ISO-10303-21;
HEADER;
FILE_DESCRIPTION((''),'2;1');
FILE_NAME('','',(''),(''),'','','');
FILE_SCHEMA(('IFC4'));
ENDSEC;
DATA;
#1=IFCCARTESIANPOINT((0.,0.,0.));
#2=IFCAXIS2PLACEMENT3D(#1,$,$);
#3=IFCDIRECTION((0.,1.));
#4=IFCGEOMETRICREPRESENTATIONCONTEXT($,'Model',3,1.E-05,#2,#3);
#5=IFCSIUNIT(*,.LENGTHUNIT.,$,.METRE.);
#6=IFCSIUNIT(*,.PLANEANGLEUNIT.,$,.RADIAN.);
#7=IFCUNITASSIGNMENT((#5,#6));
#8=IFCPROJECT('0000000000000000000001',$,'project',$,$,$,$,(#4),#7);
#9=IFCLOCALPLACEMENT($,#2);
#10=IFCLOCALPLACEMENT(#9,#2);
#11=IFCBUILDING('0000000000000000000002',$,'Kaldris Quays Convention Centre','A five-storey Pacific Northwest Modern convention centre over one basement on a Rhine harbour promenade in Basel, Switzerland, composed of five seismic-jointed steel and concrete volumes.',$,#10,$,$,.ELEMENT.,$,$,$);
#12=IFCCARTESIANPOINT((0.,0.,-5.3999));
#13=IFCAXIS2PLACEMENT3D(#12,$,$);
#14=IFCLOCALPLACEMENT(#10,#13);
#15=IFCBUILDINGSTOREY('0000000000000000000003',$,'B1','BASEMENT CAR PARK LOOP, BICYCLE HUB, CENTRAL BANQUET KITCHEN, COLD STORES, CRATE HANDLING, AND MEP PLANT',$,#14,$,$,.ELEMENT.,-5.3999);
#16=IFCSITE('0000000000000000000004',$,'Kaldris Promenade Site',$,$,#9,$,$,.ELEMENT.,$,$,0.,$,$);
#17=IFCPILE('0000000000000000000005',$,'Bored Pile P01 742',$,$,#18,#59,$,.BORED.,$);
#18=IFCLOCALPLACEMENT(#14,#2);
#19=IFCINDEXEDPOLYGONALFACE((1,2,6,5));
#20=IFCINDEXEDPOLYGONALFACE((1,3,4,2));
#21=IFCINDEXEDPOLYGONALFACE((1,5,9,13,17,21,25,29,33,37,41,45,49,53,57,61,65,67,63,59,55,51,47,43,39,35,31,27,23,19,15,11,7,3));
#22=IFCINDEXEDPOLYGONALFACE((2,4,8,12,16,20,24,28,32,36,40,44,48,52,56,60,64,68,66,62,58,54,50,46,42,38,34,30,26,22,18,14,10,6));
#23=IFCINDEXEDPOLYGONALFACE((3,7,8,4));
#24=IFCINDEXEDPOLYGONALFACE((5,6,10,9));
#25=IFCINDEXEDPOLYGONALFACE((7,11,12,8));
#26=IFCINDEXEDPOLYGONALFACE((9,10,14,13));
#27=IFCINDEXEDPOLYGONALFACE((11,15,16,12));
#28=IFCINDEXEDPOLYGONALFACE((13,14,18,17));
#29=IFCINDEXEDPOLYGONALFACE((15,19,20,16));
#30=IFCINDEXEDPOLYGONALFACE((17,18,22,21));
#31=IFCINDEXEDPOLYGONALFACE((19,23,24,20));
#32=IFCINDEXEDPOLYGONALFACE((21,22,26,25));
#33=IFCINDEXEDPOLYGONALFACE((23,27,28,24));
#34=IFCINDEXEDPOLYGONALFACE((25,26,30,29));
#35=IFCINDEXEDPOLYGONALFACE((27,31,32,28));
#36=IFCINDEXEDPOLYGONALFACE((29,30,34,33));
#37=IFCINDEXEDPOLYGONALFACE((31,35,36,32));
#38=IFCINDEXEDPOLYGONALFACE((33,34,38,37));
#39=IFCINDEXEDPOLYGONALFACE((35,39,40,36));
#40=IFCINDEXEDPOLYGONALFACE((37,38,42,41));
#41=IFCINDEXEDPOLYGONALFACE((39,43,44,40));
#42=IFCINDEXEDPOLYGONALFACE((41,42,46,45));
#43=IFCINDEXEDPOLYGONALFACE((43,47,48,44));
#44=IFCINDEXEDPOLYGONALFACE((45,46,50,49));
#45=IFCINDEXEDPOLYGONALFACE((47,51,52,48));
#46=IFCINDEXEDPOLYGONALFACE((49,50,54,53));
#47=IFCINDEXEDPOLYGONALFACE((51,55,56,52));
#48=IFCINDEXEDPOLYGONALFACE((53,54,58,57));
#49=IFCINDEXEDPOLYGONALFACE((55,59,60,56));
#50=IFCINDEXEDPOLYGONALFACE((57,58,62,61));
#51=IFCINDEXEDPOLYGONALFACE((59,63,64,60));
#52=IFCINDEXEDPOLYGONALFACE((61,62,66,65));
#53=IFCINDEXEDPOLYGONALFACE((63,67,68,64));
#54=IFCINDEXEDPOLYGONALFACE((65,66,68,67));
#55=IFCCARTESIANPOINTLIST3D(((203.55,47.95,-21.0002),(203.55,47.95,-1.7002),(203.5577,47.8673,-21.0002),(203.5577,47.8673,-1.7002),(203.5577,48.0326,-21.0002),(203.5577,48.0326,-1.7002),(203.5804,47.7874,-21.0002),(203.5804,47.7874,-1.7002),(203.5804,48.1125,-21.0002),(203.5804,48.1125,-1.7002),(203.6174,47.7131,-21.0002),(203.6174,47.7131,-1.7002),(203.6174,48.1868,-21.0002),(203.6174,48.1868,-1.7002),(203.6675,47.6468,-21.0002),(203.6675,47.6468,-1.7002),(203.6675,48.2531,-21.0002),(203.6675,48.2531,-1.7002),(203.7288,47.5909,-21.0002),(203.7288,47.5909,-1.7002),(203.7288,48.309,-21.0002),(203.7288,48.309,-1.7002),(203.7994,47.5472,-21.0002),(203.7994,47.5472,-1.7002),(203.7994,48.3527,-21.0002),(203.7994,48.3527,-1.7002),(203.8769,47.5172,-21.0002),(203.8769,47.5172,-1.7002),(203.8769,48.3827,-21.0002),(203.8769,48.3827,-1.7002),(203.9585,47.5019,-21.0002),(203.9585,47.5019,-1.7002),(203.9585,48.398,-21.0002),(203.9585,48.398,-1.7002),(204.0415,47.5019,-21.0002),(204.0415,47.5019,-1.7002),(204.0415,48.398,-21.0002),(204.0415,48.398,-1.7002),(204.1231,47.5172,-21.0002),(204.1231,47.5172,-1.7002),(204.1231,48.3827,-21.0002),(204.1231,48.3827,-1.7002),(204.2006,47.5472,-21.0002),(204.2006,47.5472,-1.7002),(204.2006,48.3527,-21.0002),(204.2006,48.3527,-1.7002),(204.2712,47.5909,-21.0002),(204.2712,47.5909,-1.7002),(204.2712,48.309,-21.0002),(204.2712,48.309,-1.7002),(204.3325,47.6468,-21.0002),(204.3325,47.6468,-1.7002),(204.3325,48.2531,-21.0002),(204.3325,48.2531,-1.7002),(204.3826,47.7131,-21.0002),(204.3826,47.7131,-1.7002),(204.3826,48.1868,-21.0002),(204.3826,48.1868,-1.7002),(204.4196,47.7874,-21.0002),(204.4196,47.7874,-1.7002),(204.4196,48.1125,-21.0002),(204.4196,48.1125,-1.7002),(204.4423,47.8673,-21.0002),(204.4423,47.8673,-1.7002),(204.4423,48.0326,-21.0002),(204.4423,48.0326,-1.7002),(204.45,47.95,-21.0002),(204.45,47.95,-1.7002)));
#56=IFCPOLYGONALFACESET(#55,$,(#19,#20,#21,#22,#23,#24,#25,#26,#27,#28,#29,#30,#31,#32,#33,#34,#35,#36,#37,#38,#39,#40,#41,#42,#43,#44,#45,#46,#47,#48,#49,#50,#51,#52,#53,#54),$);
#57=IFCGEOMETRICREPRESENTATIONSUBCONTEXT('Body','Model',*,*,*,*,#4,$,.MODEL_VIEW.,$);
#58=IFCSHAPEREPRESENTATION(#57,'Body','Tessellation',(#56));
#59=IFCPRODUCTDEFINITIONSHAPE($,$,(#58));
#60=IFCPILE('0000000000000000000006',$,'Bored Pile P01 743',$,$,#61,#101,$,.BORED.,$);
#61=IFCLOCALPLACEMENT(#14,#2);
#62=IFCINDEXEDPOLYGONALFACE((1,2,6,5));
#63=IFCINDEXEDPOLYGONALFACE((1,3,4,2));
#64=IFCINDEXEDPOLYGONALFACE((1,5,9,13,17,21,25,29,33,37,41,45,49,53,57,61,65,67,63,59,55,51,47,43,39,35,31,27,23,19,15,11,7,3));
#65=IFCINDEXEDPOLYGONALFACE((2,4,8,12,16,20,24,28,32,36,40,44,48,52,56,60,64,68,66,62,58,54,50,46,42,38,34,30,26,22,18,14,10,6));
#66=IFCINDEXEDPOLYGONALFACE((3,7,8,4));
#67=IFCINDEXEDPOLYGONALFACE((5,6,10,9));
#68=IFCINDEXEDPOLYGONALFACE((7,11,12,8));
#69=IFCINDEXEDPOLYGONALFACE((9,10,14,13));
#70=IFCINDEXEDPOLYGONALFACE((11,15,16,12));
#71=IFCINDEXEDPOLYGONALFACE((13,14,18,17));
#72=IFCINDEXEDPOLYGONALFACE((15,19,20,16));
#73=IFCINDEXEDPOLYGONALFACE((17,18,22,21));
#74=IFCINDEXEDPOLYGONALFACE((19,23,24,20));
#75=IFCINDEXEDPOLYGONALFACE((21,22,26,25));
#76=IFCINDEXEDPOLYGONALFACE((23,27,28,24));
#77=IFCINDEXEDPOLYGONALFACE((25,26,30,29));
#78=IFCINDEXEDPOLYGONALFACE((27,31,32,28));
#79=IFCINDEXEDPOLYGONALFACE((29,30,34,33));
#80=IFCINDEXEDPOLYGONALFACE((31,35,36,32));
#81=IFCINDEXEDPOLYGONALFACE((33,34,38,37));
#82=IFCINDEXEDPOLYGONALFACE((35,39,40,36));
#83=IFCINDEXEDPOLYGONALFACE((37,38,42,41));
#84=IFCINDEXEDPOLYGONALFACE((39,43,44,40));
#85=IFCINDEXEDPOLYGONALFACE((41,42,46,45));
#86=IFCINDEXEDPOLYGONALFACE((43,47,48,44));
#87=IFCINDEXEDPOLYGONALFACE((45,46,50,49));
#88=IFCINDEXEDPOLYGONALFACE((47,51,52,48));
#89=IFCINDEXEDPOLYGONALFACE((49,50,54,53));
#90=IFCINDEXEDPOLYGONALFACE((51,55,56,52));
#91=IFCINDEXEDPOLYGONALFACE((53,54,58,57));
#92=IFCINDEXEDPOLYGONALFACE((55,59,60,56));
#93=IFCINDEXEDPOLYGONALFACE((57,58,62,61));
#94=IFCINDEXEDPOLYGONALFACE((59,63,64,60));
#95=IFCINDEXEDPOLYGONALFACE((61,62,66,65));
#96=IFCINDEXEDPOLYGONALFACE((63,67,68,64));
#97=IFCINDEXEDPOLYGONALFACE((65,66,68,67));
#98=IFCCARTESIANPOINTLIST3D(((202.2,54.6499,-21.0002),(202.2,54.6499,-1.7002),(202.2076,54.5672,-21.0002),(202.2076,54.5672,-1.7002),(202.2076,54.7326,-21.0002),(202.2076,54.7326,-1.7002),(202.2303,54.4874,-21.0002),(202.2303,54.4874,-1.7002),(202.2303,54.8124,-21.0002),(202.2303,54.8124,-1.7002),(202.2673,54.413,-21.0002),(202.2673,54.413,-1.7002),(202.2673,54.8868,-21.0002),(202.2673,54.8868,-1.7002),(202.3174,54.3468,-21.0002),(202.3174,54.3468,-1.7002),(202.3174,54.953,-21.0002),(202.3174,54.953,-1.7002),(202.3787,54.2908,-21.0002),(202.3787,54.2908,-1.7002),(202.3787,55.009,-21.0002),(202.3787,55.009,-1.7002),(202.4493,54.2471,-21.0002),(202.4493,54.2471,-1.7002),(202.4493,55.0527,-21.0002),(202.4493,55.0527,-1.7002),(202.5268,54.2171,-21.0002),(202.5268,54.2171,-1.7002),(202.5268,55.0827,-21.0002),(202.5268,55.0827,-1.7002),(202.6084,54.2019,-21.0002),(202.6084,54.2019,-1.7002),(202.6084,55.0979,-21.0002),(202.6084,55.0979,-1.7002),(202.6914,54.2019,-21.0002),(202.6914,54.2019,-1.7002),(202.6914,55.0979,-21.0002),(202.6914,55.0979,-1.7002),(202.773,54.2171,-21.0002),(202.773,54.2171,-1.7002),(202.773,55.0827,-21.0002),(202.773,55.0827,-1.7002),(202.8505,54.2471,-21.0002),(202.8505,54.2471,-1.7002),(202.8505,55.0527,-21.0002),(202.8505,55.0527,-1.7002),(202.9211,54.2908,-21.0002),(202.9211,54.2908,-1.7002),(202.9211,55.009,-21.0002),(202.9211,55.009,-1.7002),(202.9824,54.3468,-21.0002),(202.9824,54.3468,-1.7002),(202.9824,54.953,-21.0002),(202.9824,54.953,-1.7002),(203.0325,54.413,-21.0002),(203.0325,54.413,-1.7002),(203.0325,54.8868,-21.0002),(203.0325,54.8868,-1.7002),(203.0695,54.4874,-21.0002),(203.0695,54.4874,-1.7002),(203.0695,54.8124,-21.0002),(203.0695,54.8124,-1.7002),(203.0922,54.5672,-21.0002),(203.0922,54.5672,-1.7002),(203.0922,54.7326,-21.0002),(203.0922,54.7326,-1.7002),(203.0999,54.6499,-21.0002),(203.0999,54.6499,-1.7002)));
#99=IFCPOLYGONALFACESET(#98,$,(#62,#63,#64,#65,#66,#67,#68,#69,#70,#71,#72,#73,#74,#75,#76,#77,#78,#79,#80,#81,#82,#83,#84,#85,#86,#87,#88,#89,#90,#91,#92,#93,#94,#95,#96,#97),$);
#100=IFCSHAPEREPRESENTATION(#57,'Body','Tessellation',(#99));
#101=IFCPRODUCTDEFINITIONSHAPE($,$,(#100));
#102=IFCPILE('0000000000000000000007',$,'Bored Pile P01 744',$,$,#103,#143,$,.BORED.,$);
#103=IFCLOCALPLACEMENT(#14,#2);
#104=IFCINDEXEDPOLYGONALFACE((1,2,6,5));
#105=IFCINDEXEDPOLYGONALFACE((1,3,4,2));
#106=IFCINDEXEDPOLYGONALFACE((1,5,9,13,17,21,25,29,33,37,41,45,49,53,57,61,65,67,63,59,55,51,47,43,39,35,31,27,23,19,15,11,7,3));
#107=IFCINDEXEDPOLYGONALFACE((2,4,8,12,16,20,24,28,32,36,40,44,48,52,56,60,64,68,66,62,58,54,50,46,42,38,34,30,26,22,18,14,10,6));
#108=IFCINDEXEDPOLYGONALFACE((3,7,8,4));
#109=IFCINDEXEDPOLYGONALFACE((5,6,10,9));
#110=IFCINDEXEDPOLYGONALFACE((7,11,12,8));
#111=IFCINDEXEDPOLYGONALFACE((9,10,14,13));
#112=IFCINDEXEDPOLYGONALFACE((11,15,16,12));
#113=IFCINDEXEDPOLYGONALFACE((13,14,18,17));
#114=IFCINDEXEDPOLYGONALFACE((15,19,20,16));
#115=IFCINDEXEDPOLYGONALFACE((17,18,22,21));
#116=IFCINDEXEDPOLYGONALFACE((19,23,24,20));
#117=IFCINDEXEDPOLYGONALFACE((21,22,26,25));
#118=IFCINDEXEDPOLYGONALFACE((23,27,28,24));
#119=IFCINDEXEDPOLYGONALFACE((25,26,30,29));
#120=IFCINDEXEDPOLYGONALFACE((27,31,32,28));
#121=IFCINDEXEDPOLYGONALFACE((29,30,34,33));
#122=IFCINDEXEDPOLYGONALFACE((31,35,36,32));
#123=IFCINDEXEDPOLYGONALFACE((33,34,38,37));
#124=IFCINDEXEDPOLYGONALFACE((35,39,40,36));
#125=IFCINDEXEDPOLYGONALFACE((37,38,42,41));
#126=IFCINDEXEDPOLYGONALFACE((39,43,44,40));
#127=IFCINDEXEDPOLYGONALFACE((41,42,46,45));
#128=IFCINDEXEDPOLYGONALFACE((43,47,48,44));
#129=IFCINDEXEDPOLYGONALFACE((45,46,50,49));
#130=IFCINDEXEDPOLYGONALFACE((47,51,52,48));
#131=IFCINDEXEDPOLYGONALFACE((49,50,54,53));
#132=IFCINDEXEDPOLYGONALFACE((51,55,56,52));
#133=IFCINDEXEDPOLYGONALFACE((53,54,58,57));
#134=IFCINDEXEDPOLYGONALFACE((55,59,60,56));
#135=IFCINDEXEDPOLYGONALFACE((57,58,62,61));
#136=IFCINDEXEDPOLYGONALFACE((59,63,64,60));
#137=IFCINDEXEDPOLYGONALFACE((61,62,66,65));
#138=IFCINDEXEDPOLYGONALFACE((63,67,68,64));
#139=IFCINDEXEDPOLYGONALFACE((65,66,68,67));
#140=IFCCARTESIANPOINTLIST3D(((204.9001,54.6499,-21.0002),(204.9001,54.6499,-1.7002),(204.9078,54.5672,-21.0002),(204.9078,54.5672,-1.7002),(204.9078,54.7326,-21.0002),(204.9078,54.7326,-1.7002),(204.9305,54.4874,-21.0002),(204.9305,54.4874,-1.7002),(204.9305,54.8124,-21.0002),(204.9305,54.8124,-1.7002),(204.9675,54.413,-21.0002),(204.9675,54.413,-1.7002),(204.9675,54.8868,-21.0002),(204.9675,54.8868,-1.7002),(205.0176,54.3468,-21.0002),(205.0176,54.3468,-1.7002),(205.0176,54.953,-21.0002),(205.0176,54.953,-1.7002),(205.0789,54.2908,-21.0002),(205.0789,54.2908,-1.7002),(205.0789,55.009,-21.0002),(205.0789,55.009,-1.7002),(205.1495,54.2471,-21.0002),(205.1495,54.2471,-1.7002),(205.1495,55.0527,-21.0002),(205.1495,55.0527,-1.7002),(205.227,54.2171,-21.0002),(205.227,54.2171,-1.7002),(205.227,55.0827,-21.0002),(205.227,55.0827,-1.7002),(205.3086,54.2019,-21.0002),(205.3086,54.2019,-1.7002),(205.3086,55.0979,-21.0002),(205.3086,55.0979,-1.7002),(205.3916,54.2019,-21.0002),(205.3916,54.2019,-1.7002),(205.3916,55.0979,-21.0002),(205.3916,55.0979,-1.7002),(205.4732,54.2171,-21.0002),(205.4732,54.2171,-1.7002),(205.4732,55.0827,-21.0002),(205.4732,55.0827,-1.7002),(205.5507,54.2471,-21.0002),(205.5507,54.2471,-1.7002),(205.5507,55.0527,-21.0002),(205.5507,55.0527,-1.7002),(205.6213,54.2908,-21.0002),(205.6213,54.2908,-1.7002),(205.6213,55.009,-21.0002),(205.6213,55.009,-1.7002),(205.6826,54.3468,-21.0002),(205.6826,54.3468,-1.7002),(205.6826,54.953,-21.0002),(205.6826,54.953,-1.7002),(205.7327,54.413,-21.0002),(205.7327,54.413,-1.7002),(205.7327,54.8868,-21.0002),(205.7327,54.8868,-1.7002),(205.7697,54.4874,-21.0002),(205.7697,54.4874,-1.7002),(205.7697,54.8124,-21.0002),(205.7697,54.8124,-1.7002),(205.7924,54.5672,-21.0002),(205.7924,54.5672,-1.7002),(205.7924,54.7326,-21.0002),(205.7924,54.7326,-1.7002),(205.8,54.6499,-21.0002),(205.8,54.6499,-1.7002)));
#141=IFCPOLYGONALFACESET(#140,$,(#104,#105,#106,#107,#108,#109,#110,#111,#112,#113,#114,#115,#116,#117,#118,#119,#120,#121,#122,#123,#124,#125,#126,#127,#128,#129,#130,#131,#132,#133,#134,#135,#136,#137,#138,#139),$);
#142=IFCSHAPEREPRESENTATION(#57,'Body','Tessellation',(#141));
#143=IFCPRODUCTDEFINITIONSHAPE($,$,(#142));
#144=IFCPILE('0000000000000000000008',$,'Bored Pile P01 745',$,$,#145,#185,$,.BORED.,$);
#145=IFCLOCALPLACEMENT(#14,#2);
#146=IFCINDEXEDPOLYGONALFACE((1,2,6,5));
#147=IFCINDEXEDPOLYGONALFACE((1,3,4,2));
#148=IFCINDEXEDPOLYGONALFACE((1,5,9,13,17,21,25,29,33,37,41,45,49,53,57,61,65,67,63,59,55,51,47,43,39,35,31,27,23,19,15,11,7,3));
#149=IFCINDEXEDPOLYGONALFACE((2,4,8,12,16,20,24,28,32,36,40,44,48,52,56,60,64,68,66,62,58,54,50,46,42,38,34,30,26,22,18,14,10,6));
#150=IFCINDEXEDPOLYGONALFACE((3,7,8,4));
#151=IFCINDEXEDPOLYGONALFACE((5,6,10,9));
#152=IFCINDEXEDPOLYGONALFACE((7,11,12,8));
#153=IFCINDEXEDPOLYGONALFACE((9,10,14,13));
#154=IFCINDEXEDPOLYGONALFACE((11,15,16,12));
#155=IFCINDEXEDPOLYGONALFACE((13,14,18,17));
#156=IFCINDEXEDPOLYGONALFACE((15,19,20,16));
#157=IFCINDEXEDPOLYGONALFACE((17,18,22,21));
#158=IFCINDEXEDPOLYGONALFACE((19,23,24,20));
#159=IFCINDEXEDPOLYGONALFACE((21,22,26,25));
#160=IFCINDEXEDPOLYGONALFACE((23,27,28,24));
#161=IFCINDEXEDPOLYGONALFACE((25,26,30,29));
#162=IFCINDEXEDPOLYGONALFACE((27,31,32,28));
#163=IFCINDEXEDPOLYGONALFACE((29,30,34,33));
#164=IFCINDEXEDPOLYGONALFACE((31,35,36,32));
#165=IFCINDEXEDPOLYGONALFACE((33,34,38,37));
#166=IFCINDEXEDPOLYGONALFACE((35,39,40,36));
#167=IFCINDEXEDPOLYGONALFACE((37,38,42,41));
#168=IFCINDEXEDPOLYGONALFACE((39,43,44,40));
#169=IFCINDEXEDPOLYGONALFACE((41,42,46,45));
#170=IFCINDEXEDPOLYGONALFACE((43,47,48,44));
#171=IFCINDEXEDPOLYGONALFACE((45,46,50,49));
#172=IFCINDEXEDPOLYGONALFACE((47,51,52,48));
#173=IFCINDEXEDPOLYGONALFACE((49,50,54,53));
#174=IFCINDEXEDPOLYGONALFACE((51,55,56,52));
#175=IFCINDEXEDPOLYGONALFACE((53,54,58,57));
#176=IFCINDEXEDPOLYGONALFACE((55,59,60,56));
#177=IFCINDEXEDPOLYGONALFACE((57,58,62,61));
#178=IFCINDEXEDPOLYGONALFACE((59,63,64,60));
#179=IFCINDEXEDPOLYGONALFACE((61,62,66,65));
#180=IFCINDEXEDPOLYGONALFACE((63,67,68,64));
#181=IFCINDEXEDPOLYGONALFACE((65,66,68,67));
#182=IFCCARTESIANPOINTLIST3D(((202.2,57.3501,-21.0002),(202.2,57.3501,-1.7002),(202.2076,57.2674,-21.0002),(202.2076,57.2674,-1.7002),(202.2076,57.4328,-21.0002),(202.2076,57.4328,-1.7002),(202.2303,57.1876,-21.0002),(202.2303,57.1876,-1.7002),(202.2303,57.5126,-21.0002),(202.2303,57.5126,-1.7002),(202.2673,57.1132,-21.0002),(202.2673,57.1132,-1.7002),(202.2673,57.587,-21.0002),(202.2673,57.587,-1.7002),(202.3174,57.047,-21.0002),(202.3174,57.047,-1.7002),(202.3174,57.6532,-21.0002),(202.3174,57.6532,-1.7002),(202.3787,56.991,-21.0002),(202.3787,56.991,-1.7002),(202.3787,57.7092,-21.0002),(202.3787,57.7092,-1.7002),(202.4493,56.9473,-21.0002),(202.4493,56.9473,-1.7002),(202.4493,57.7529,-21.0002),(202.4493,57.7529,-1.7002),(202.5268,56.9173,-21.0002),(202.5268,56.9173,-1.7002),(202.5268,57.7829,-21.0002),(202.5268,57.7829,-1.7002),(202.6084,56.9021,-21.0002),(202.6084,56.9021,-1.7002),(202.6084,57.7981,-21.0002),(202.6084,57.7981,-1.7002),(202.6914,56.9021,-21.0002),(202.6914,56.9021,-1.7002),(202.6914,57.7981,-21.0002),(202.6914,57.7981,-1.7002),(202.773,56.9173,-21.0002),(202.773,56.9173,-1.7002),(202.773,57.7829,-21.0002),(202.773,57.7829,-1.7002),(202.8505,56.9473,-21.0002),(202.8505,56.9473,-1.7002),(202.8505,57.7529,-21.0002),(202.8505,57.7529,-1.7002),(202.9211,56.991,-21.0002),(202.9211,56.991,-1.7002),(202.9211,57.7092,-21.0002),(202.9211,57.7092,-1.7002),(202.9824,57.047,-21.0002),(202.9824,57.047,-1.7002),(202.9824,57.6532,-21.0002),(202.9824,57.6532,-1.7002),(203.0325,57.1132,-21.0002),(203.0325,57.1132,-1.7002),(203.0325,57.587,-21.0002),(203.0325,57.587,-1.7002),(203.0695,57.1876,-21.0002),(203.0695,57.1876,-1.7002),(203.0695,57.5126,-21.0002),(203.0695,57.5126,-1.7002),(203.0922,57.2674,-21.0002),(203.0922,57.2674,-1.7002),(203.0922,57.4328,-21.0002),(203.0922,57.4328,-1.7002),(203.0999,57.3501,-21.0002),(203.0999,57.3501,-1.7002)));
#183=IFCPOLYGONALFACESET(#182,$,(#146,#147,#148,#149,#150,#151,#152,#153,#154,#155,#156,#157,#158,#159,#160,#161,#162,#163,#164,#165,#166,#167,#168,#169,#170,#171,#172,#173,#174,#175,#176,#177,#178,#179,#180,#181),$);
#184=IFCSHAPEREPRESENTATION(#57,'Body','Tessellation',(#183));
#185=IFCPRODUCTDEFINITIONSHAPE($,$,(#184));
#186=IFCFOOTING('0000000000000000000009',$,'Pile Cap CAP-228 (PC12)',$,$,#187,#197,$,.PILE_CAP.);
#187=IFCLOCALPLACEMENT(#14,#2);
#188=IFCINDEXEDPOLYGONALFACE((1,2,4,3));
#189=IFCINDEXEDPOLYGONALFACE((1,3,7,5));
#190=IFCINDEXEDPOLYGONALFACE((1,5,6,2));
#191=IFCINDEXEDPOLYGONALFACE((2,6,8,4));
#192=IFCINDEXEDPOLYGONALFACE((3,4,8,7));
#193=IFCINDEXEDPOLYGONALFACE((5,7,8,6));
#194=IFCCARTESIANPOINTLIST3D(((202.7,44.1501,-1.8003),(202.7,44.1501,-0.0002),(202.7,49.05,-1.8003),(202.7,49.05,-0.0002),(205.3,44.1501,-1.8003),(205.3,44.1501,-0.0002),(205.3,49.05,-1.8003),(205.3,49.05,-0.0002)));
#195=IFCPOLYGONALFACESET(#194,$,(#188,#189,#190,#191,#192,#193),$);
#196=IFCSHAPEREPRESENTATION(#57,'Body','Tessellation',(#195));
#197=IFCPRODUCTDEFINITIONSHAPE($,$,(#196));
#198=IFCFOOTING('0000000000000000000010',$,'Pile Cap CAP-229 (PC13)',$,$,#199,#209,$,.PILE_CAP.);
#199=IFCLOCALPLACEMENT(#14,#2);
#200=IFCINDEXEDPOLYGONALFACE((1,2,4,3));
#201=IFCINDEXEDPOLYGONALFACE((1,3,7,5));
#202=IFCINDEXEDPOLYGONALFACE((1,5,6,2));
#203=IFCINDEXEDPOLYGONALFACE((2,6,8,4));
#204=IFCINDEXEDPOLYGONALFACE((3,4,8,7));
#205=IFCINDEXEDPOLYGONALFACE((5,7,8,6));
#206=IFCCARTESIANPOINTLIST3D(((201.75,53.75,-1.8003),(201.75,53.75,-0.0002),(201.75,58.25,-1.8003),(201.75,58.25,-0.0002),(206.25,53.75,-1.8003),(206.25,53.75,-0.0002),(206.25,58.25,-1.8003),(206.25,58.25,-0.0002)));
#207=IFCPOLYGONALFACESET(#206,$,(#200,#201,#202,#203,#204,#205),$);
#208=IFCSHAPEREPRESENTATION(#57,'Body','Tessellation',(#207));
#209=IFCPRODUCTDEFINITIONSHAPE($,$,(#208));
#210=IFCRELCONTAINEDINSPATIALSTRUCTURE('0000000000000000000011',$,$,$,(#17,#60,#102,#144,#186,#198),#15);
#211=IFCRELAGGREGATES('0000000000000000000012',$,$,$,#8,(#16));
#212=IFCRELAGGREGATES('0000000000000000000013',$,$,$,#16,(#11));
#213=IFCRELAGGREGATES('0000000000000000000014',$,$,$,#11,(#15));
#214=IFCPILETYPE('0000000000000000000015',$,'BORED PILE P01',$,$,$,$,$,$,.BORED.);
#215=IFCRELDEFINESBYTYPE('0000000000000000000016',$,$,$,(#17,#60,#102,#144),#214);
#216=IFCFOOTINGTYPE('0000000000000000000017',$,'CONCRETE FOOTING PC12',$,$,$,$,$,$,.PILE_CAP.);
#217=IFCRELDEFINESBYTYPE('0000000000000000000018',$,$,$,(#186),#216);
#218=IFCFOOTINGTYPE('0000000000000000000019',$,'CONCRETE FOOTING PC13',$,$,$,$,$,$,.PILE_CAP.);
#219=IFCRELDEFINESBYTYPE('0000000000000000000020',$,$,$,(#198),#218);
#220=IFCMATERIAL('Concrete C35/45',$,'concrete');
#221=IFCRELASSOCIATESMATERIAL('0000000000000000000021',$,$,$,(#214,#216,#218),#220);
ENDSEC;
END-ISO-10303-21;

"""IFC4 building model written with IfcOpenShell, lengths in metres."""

from ifc_helpers import new_model, si_unit, direction, frame, origin, origin_2d, place, context, subcontext, project, spatial, rectangle, circle, extrude, material, material_profile, profile_set, type_object, element, save


model = new_model("IFC4")

# Units and contexts
model_context = context("Model", 3, precision=1e-05, world=origin(), true_north=direction((0.0, 1.0)))
body_context = subcontext(model_context, "Body", "Model", "MODEL_VIEW")
ifc_project = project(units=[si_unit("LENGTHUNIT", "METRE"), si_unit("PLANEANGLEUNIT", "RADIAN")], contexts=[model_context])

# Site, building, storey
site_placement = place(None, origin())
site = spatial("IfcSite", under=ifc_project, at=site_placement, Name="Kaldris Promenade Site", CompositionType="ELEMENT", RefElevation=0.0)
building_placement = place(site_placement, origin())
building = spatial("IfcBuilding", under=site, at=building_placement, Name="Kaldris Quays Convention Centre", Description="A five-storey Pacific Northwest Modern convention centre over one basement on a Rhine harbour promenade in Basel, Switzerland, composed of five seismic-jointed steel and concrete volumes.", CompositionType="ELEMENT")
storey_placement = place(building_placement, frame((0.0, 0.0, -5.3999)))
storey = spatial("IfcBuildingStorey", under=building, at=storey_placement, Name="B1", Description="BASEMENT CAR PARK LOOP, BICYCLE HUB, CENTRAL BANQUET KITCHEN, COLD STORES, CRATE HANDLING, AND MEP PLANT", CompositionType="ELEMENT", Elevation=-5.3999)

# Piles
ifc_material_1 = material(Name="Concrete C35/45", Category="concrete")
ifc_material_profile_1 = material_profile(ifc_material_1, circle(Radius=0.45, at=origin_2d()), Name="BORED PILE D900")
ifc_profile_set_1 = profile_set([ifc_material_profile_1], Name="Concrete C35/45")
pile_type = type_object("IfcPileType", Name="BORED PILE P01", PredefinedType="BORED", material=ifc_profile_set_1)
for number, where, z_axis, x_axis, name in (
    (1, (204.0, 47.95, -1.7002), (0.0, 0.0, -1.0), (1.0, 0.0, 0.0), "Bored Pile P01 742"),
    (2, (202.6499, 54.6499, -1.7002), (0.0, 0.0, -1.0), (1.0, 0.0, 0.0), "Bored Pile P01 743"),
    (3, (205.3501, 54.6499, -1.7002), (0.0, 0.0, -1.0), (1.0, 0.0, 0.0), "Bored Pile P01 744"),
    (4, (202.6499, 57.3501, -1.7002), (0.0, 0.0, -1.0), (1.0, 0.0, 0.0), "Bored Pile P01 745"),
):
    element("IfcPile", number, at=place(storey_placement, frame(where, z_axis=z_axis, x_axis=x_axis)), inside=storey, type_object=pile_type, Name=name, PredefinedType="BORED", context=body_context, shape_type="SweptSolid", body=[
        extrude(circle(Radius=0.45, at=origin_2d()), origin(), (0.0, 0.0, 1.0), 19.3),
    ])

# Footings
footing_type_1 = type_object("IfcFootingType", Name="CONCRETE FOOTING PC12", PredefinedType="PILE_CAP", material=ifc_material_1)
footing_1_placement = place(storey_placement, frame((204.0, 46.6001, -1.8003), z_axis=(0.0, 0.0, 1.0), x_axis=(1.0, 0.0, 0.0)))
element("IfcFooting", 5, at=footing_1_placement, inside=storey, type_object=footing_type_1, Name="Pile Cap CAP-228 (PC12)", PredefinedType="PILE_CAP", context=body_context, shape_type="SweptSolid", body=[
    extrude(rectangle(XDim=2.6001, YDim=4.8999, at=origin_2d()), origin(), (0.0, 0.0, 1.0), 1.8),
])
footing_type_2 = type_object("IfcFootingType", Name="CONCRETE FOOTING PC13", PredefinedType="PILE_CAP", material=ifc_material_1)
footing_2_placement = place(storey_placement, frame((204.0, 56.0, -1.8003), z_axis=(0.0, 0.0, 1.0), x_axis=(1.0, 0.0, 0.0)))
element("IfcFooting", 6, at=footing_2_placement, inside=storey, type_object=footing_type_2, Name="Pile Cap CAP-229 (PC13)", PredefinedType="PILE_CAP", context=body_context, shape_type="SweptSolid", body=[
    extrude(rectangle(XDim=4.5, YDim=4.5, at=origin_2d()), origin(), (0.0, 0.0, 1.0), 1.8),
])

save(model, "model.ifc")
